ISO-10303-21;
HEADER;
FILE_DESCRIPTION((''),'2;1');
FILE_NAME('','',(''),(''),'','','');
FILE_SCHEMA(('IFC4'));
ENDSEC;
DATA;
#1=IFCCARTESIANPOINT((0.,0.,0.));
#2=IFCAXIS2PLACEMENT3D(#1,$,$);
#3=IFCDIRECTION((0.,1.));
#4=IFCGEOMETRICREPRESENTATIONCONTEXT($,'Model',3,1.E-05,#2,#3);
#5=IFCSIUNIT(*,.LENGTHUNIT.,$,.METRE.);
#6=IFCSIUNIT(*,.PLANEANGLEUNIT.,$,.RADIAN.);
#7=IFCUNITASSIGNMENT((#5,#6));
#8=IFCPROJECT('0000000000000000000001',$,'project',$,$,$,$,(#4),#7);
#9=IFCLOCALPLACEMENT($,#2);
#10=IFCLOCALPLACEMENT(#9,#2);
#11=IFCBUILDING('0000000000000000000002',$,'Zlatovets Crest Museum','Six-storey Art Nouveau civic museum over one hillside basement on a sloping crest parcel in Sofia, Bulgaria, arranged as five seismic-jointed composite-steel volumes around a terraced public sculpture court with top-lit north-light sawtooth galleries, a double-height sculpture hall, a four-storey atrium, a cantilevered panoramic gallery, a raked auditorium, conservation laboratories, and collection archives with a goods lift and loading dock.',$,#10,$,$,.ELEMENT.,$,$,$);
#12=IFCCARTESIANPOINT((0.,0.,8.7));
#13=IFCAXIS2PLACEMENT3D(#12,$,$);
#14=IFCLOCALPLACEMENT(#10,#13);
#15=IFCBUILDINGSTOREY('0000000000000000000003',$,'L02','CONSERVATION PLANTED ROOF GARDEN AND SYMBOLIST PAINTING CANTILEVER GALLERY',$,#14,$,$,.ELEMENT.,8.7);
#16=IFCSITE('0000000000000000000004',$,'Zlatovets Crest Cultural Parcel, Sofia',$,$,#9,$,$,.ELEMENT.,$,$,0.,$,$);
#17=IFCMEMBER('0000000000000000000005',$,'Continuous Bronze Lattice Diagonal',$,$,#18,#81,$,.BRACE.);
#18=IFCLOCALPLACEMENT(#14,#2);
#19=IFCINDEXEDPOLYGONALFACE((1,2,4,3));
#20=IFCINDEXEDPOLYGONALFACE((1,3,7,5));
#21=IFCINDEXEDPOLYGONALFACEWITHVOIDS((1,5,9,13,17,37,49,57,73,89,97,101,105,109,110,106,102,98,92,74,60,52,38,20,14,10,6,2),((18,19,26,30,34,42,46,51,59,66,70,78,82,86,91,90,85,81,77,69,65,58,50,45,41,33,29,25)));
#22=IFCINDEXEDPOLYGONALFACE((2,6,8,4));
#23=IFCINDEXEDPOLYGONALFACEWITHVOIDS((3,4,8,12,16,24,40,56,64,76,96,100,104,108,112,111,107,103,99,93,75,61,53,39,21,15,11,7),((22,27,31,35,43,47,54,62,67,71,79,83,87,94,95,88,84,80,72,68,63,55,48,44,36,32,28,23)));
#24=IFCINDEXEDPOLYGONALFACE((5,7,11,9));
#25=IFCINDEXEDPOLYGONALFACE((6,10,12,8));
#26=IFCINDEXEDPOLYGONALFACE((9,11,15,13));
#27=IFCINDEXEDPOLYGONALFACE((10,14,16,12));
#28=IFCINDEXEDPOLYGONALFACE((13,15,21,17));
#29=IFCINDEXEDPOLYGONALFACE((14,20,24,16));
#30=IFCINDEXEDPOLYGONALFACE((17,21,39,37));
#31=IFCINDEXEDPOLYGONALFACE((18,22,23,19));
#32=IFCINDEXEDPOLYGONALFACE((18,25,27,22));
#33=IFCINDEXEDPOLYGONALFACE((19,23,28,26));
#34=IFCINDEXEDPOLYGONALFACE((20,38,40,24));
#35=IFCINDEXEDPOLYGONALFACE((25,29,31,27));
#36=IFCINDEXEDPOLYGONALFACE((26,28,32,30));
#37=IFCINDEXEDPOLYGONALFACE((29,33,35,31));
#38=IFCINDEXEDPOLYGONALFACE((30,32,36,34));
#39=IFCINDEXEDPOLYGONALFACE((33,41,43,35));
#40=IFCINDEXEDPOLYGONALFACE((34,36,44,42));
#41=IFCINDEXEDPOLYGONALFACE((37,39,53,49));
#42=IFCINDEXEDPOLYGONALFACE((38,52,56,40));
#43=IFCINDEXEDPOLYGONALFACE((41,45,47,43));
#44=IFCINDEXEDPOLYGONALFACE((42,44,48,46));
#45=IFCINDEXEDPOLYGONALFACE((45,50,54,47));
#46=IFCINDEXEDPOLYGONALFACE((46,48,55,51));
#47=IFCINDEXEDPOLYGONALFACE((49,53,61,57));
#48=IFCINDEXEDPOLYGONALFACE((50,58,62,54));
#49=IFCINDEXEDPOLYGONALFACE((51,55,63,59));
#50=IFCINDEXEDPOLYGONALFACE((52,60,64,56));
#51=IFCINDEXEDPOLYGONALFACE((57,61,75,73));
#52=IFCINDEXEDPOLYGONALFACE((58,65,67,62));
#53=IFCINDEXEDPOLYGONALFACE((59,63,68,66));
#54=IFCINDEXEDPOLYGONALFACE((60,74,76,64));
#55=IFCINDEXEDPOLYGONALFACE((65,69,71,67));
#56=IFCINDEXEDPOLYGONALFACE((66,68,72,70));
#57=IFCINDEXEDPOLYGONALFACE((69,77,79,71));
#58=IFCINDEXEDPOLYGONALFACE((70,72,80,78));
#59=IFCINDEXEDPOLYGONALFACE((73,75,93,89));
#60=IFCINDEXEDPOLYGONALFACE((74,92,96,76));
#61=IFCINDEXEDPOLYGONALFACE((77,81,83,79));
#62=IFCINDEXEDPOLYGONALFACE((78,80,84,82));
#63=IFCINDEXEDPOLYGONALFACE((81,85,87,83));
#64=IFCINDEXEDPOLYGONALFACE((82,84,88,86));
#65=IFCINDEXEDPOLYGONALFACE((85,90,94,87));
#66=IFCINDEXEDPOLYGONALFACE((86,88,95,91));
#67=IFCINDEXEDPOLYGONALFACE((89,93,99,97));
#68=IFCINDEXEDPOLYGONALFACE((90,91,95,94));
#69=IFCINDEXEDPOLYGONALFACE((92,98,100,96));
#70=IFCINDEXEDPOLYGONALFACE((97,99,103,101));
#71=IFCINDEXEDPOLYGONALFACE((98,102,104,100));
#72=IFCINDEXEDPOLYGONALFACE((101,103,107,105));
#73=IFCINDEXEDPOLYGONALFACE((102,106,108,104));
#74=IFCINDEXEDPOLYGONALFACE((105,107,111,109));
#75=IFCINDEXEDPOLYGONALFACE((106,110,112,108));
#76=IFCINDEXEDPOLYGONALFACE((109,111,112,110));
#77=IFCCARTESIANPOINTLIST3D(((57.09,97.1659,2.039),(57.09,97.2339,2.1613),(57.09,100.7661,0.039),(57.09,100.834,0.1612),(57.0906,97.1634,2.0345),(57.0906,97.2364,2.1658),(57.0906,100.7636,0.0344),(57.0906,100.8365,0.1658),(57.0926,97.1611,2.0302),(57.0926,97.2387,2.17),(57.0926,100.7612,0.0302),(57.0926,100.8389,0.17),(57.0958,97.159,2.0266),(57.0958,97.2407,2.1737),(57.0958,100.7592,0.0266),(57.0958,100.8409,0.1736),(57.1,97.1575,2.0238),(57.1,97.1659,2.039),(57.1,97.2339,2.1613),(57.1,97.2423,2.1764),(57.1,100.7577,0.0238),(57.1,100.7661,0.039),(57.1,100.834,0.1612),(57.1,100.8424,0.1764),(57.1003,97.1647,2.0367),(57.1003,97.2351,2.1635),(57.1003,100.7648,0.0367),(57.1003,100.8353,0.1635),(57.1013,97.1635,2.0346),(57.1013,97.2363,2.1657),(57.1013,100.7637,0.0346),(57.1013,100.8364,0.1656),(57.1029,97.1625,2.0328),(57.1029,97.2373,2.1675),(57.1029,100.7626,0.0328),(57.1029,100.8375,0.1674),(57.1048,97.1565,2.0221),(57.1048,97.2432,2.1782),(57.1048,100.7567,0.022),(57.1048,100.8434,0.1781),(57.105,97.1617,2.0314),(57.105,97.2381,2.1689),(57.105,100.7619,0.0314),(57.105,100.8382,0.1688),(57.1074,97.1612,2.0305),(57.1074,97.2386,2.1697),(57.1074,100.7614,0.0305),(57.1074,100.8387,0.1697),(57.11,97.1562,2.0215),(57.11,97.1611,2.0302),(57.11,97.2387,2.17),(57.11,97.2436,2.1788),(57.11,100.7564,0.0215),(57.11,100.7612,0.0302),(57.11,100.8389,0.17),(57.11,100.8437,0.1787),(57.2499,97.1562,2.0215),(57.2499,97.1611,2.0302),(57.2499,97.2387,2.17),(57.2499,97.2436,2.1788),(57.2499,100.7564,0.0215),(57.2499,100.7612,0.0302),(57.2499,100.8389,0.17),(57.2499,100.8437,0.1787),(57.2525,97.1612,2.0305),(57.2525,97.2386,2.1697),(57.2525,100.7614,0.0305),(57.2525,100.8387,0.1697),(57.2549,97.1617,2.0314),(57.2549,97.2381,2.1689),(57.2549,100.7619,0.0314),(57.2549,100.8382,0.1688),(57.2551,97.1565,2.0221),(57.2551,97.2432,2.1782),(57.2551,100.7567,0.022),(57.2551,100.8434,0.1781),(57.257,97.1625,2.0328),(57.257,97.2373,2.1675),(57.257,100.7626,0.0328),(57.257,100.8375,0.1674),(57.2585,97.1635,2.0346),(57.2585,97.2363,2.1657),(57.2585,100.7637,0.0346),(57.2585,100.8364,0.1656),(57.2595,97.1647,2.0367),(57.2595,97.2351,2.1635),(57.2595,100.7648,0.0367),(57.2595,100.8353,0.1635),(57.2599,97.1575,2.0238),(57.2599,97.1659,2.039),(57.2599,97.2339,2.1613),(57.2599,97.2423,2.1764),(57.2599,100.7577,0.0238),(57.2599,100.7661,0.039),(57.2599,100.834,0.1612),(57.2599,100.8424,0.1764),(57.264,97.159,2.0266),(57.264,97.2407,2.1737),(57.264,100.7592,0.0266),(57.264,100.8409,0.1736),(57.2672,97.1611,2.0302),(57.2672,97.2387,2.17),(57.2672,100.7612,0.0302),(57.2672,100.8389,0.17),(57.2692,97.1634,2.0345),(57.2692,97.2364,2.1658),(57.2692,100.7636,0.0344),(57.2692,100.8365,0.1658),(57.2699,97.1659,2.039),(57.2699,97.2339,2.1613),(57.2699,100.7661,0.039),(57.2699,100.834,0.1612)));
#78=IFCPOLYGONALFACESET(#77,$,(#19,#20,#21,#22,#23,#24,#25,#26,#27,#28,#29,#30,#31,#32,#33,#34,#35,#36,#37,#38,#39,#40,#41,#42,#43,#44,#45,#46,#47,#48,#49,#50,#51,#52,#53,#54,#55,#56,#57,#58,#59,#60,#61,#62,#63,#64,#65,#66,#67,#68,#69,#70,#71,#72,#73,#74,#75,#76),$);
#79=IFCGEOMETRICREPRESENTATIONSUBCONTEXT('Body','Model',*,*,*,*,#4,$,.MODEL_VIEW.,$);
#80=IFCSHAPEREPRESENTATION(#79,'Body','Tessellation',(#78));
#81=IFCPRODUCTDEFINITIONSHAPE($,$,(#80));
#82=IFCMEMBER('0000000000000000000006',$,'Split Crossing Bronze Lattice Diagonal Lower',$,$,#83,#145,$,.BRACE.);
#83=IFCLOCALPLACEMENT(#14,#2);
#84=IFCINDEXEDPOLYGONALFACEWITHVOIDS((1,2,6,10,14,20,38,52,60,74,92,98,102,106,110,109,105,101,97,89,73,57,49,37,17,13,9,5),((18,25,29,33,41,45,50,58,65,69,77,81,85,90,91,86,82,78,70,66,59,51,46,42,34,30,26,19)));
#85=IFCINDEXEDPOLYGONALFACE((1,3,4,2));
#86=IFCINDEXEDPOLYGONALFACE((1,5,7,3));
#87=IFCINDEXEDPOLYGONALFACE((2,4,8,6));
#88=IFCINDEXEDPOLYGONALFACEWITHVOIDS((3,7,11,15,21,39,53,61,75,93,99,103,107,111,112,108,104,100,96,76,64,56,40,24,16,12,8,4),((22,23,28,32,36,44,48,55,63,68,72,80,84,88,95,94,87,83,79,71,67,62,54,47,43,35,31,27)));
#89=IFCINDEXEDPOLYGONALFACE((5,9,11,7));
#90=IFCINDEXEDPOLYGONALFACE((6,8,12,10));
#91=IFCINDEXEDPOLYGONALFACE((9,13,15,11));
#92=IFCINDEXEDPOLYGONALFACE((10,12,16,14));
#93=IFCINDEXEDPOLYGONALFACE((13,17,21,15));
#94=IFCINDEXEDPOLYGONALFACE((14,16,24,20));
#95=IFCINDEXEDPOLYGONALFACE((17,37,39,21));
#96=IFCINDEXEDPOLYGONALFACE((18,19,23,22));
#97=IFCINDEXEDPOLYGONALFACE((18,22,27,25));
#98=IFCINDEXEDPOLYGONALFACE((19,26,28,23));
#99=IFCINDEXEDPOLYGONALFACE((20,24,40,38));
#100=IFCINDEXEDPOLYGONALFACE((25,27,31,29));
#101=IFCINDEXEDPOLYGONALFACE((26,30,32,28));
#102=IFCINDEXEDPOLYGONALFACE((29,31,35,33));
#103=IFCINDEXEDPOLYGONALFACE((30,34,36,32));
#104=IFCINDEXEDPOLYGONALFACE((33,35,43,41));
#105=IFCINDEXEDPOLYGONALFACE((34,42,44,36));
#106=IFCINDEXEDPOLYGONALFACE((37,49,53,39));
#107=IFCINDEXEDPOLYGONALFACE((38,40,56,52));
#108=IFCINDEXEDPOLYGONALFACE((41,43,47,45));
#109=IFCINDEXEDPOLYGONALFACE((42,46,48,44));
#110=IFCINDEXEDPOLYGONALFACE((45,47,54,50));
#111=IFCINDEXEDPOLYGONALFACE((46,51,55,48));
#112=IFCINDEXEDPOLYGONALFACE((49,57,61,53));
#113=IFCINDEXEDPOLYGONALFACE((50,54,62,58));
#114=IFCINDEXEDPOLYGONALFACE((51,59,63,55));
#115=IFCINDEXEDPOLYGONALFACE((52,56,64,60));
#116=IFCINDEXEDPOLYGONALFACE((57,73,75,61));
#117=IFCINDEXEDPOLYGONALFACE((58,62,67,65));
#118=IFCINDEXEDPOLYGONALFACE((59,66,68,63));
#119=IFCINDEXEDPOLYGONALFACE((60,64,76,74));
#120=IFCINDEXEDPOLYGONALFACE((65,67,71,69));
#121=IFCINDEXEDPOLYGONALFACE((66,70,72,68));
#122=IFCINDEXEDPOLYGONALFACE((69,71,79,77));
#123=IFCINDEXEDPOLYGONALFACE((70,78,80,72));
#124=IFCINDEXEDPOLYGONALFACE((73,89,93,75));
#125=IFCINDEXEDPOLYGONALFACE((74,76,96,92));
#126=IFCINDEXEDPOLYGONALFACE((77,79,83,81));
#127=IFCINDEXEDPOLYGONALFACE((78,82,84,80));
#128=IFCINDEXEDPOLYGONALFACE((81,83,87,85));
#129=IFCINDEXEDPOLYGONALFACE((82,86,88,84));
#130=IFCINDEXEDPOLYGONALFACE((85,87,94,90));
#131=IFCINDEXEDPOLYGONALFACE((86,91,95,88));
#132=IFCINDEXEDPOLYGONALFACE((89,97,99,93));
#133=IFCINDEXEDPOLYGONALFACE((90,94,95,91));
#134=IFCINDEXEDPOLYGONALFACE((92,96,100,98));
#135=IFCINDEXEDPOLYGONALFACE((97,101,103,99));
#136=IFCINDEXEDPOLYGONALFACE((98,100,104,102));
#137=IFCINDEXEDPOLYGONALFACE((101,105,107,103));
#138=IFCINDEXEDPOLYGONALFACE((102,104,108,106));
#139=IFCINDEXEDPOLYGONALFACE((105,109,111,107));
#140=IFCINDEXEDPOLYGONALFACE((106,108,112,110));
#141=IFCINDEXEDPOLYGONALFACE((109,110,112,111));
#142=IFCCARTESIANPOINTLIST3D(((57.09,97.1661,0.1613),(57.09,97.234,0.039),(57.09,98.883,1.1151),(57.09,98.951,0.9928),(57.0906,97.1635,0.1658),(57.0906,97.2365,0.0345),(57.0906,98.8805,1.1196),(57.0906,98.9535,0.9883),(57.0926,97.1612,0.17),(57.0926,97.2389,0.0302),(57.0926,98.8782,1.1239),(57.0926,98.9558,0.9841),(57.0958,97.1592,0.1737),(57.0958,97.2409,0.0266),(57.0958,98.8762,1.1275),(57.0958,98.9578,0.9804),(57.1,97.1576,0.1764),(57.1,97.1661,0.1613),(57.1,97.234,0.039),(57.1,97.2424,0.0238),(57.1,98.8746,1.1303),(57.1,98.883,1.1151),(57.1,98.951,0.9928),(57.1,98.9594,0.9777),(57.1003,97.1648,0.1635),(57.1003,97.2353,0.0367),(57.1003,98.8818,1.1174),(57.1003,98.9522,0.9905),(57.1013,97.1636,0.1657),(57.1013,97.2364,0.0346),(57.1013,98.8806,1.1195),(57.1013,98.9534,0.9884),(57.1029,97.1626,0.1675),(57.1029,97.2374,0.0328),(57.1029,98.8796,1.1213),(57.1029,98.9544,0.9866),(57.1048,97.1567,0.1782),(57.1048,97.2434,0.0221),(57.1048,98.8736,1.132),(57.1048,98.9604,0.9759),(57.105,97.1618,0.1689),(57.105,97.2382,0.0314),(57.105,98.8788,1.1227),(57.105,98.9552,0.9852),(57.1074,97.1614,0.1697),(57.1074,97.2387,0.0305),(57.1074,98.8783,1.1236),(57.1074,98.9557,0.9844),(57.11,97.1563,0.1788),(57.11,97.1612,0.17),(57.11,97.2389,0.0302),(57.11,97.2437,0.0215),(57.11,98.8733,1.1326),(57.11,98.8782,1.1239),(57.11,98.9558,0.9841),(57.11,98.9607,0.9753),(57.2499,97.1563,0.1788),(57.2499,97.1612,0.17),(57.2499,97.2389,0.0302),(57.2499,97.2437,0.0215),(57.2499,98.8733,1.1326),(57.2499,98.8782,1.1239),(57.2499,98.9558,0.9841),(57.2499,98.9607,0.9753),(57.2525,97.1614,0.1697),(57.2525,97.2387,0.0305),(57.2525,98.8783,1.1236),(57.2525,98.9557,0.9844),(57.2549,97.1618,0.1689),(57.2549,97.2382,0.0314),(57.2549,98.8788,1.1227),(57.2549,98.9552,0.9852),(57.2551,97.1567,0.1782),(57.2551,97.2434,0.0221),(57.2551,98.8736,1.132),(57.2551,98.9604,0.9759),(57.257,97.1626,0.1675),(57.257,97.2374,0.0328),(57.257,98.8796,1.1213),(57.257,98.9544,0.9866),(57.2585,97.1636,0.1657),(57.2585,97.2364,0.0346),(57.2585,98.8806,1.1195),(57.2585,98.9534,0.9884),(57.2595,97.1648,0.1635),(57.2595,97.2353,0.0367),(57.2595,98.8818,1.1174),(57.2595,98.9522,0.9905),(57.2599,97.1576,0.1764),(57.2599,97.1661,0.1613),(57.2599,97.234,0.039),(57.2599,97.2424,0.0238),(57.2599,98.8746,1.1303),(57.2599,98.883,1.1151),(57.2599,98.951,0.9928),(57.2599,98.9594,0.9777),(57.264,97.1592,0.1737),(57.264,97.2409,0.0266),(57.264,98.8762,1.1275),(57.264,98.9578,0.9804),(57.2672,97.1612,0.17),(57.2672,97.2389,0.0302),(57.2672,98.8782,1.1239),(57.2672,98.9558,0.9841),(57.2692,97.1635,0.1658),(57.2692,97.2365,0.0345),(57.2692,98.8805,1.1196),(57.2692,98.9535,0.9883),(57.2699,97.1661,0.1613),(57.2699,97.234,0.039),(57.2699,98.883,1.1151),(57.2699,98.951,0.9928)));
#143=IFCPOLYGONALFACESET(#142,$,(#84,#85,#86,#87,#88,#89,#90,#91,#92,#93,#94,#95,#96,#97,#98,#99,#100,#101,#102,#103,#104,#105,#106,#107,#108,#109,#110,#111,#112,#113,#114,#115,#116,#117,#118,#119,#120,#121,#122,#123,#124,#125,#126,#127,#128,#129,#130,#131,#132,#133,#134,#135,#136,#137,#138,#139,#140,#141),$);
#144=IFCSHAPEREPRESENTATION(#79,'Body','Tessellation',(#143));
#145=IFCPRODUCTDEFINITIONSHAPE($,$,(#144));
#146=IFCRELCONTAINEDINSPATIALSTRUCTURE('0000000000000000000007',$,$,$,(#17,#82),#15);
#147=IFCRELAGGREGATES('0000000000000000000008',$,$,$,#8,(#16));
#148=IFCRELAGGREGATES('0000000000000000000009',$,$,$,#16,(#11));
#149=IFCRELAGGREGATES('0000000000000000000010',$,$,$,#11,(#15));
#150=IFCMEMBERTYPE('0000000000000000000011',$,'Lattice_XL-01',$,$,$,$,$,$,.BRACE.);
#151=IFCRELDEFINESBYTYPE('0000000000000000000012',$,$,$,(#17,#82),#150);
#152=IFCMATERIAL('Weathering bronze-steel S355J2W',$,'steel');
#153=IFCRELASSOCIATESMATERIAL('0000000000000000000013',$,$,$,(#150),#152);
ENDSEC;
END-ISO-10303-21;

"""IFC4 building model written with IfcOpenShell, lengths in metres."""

from ifc_helpers import new_model, si_unit, direction, frame, origin, origin_2d, place, context, subcontext, project, spatial, hollow_rectangle, extrude, material, material_profile, profile_set, type_object, element, save


model = new_model("IFC4")

# Units and contexts
model_context = context("Model", 3, precision=1e-05, world=origin(), true_north=direction((0.0, 1.0)))
body_context = subcontext(model_context, "Body", "Model", "MODEL_VIEW")
ifc_project = project(units=[si_unit("LENGTHUNIT", "METRE"), si_unit("PLANEANGLEUNIT", "RADIAN")], contexts=[model_context])

# Site, building, storey
site_placement = place(None, origin())
site = spatial("IfcSite", under=ifc_project, at=site_placement, Name="Zlatovets Crest Cultural Parcel, Sofia", CompositionType="ELEMENT", RefElevation=0.0)
building_placement = place(site_placement, origin())
building = spatial("IfcBuilding", under=site, at=building_placement, Name="Zlatovets Crest Museum", Description="Six-storey Art Nouveau civic museum over one hillside basement on a sloping crest parcel in Sofia, Bulgaria, arranged as five seismic-jointed composite-steel volumes around a terraced public sculpture court with top-lit north-light sawtooth galleries, a double-height sculpture hall, a four-storey atrium, a cantilevered panoramic gallery, a raked auditorium, conservation laboratories, and collection archives with a goods lift and loading dock.", CompositionType="ELEMENT")
storey_placement = place(building_placement, frame((0.0, 0.0, 8.7)))
storey = spatial("IfcBuildingStorey", under=building, at=storey_placement, Name="L02", Description="CONSERVATION PLANTED ROOF GARDEN AND SYMBOLIST PAINTING CANTILEVER GALLERY", CompositionType="ELEMENT", Elevation=8.7)

# Members
ifc_material_1 = material(Name="Weathering bronze-steel S355J2W", Category="steel")
ifc_material_profile_1 = material_profile(ifc_material_1, hollow_rectangle(XDim=0.1799, YDim=0.1799, WallThickness=0.01, InnerFilletRadius=0.01, OuterFilletRadius=0.02, at=origin_2d()), Name="SHS 180x180x10.0")
ifc_profile_set_1 = profile_set([ifc_material_profile_1], Name="Weathering bronze-steel S355J2W")
member_type_1 = type_object("IfcMemberType", Name="Lattice_XL-01", PredefinedType="BRACE", material=ifc_profile_set_1)
member_1_placement = place(storey_placement, frame((57.1799, 100.8, 0.1001), z_axis=(0.0, -0.874163, 0.485633), x_axis=(1.0, 0.0, 0.0)))
element("IfcMember", 1, at=member_1_placement, inside=storey, type_object=member_type_1, Name="Continuous Bronze Lattice Diagonal", PredefinedType="BRACE", context=body_context, shape_type="SweptSolid", body=[
    extrude(hollow_rectangle(XDim=0.1799, YDim=0.1799, WallThickness=0.01, InnerFilletRadius=0.01, OuterFilletRadius=0.02, at=origin_2d()), origin(), (0.0, 0.0, 1.0), 4.1184),
])
for number, where, z_axis, x_axis, name in (
    (2, (57.1799, 98.917, 1.054), (0.0, -0.874169, -0.485622), (1.0, 0.0, 0.0), "Split Crossing Bronze Lattice Diagonal Lower"),
):
    element("IfcMember", number, at=place(storey_placement, frame(where, z_axis=z_axis, x_axis=x_axis)), inside=storey, type_object=member_type_1, Name=name, PredefinedType="BRACE", context=body_context, shape_type="SweptSolid", body=[
        extrude(hollow_rectangle(XDim=0.1799, YDim=0.1799, WallThickness=0.01, InnerFilletRadius=0.01, OuterFilletRadius=0.02, at=origin_2d()), origin(), (0.0, 0.0, 1.0), 1.9641),
    ])

save(model, "model.ifc")
